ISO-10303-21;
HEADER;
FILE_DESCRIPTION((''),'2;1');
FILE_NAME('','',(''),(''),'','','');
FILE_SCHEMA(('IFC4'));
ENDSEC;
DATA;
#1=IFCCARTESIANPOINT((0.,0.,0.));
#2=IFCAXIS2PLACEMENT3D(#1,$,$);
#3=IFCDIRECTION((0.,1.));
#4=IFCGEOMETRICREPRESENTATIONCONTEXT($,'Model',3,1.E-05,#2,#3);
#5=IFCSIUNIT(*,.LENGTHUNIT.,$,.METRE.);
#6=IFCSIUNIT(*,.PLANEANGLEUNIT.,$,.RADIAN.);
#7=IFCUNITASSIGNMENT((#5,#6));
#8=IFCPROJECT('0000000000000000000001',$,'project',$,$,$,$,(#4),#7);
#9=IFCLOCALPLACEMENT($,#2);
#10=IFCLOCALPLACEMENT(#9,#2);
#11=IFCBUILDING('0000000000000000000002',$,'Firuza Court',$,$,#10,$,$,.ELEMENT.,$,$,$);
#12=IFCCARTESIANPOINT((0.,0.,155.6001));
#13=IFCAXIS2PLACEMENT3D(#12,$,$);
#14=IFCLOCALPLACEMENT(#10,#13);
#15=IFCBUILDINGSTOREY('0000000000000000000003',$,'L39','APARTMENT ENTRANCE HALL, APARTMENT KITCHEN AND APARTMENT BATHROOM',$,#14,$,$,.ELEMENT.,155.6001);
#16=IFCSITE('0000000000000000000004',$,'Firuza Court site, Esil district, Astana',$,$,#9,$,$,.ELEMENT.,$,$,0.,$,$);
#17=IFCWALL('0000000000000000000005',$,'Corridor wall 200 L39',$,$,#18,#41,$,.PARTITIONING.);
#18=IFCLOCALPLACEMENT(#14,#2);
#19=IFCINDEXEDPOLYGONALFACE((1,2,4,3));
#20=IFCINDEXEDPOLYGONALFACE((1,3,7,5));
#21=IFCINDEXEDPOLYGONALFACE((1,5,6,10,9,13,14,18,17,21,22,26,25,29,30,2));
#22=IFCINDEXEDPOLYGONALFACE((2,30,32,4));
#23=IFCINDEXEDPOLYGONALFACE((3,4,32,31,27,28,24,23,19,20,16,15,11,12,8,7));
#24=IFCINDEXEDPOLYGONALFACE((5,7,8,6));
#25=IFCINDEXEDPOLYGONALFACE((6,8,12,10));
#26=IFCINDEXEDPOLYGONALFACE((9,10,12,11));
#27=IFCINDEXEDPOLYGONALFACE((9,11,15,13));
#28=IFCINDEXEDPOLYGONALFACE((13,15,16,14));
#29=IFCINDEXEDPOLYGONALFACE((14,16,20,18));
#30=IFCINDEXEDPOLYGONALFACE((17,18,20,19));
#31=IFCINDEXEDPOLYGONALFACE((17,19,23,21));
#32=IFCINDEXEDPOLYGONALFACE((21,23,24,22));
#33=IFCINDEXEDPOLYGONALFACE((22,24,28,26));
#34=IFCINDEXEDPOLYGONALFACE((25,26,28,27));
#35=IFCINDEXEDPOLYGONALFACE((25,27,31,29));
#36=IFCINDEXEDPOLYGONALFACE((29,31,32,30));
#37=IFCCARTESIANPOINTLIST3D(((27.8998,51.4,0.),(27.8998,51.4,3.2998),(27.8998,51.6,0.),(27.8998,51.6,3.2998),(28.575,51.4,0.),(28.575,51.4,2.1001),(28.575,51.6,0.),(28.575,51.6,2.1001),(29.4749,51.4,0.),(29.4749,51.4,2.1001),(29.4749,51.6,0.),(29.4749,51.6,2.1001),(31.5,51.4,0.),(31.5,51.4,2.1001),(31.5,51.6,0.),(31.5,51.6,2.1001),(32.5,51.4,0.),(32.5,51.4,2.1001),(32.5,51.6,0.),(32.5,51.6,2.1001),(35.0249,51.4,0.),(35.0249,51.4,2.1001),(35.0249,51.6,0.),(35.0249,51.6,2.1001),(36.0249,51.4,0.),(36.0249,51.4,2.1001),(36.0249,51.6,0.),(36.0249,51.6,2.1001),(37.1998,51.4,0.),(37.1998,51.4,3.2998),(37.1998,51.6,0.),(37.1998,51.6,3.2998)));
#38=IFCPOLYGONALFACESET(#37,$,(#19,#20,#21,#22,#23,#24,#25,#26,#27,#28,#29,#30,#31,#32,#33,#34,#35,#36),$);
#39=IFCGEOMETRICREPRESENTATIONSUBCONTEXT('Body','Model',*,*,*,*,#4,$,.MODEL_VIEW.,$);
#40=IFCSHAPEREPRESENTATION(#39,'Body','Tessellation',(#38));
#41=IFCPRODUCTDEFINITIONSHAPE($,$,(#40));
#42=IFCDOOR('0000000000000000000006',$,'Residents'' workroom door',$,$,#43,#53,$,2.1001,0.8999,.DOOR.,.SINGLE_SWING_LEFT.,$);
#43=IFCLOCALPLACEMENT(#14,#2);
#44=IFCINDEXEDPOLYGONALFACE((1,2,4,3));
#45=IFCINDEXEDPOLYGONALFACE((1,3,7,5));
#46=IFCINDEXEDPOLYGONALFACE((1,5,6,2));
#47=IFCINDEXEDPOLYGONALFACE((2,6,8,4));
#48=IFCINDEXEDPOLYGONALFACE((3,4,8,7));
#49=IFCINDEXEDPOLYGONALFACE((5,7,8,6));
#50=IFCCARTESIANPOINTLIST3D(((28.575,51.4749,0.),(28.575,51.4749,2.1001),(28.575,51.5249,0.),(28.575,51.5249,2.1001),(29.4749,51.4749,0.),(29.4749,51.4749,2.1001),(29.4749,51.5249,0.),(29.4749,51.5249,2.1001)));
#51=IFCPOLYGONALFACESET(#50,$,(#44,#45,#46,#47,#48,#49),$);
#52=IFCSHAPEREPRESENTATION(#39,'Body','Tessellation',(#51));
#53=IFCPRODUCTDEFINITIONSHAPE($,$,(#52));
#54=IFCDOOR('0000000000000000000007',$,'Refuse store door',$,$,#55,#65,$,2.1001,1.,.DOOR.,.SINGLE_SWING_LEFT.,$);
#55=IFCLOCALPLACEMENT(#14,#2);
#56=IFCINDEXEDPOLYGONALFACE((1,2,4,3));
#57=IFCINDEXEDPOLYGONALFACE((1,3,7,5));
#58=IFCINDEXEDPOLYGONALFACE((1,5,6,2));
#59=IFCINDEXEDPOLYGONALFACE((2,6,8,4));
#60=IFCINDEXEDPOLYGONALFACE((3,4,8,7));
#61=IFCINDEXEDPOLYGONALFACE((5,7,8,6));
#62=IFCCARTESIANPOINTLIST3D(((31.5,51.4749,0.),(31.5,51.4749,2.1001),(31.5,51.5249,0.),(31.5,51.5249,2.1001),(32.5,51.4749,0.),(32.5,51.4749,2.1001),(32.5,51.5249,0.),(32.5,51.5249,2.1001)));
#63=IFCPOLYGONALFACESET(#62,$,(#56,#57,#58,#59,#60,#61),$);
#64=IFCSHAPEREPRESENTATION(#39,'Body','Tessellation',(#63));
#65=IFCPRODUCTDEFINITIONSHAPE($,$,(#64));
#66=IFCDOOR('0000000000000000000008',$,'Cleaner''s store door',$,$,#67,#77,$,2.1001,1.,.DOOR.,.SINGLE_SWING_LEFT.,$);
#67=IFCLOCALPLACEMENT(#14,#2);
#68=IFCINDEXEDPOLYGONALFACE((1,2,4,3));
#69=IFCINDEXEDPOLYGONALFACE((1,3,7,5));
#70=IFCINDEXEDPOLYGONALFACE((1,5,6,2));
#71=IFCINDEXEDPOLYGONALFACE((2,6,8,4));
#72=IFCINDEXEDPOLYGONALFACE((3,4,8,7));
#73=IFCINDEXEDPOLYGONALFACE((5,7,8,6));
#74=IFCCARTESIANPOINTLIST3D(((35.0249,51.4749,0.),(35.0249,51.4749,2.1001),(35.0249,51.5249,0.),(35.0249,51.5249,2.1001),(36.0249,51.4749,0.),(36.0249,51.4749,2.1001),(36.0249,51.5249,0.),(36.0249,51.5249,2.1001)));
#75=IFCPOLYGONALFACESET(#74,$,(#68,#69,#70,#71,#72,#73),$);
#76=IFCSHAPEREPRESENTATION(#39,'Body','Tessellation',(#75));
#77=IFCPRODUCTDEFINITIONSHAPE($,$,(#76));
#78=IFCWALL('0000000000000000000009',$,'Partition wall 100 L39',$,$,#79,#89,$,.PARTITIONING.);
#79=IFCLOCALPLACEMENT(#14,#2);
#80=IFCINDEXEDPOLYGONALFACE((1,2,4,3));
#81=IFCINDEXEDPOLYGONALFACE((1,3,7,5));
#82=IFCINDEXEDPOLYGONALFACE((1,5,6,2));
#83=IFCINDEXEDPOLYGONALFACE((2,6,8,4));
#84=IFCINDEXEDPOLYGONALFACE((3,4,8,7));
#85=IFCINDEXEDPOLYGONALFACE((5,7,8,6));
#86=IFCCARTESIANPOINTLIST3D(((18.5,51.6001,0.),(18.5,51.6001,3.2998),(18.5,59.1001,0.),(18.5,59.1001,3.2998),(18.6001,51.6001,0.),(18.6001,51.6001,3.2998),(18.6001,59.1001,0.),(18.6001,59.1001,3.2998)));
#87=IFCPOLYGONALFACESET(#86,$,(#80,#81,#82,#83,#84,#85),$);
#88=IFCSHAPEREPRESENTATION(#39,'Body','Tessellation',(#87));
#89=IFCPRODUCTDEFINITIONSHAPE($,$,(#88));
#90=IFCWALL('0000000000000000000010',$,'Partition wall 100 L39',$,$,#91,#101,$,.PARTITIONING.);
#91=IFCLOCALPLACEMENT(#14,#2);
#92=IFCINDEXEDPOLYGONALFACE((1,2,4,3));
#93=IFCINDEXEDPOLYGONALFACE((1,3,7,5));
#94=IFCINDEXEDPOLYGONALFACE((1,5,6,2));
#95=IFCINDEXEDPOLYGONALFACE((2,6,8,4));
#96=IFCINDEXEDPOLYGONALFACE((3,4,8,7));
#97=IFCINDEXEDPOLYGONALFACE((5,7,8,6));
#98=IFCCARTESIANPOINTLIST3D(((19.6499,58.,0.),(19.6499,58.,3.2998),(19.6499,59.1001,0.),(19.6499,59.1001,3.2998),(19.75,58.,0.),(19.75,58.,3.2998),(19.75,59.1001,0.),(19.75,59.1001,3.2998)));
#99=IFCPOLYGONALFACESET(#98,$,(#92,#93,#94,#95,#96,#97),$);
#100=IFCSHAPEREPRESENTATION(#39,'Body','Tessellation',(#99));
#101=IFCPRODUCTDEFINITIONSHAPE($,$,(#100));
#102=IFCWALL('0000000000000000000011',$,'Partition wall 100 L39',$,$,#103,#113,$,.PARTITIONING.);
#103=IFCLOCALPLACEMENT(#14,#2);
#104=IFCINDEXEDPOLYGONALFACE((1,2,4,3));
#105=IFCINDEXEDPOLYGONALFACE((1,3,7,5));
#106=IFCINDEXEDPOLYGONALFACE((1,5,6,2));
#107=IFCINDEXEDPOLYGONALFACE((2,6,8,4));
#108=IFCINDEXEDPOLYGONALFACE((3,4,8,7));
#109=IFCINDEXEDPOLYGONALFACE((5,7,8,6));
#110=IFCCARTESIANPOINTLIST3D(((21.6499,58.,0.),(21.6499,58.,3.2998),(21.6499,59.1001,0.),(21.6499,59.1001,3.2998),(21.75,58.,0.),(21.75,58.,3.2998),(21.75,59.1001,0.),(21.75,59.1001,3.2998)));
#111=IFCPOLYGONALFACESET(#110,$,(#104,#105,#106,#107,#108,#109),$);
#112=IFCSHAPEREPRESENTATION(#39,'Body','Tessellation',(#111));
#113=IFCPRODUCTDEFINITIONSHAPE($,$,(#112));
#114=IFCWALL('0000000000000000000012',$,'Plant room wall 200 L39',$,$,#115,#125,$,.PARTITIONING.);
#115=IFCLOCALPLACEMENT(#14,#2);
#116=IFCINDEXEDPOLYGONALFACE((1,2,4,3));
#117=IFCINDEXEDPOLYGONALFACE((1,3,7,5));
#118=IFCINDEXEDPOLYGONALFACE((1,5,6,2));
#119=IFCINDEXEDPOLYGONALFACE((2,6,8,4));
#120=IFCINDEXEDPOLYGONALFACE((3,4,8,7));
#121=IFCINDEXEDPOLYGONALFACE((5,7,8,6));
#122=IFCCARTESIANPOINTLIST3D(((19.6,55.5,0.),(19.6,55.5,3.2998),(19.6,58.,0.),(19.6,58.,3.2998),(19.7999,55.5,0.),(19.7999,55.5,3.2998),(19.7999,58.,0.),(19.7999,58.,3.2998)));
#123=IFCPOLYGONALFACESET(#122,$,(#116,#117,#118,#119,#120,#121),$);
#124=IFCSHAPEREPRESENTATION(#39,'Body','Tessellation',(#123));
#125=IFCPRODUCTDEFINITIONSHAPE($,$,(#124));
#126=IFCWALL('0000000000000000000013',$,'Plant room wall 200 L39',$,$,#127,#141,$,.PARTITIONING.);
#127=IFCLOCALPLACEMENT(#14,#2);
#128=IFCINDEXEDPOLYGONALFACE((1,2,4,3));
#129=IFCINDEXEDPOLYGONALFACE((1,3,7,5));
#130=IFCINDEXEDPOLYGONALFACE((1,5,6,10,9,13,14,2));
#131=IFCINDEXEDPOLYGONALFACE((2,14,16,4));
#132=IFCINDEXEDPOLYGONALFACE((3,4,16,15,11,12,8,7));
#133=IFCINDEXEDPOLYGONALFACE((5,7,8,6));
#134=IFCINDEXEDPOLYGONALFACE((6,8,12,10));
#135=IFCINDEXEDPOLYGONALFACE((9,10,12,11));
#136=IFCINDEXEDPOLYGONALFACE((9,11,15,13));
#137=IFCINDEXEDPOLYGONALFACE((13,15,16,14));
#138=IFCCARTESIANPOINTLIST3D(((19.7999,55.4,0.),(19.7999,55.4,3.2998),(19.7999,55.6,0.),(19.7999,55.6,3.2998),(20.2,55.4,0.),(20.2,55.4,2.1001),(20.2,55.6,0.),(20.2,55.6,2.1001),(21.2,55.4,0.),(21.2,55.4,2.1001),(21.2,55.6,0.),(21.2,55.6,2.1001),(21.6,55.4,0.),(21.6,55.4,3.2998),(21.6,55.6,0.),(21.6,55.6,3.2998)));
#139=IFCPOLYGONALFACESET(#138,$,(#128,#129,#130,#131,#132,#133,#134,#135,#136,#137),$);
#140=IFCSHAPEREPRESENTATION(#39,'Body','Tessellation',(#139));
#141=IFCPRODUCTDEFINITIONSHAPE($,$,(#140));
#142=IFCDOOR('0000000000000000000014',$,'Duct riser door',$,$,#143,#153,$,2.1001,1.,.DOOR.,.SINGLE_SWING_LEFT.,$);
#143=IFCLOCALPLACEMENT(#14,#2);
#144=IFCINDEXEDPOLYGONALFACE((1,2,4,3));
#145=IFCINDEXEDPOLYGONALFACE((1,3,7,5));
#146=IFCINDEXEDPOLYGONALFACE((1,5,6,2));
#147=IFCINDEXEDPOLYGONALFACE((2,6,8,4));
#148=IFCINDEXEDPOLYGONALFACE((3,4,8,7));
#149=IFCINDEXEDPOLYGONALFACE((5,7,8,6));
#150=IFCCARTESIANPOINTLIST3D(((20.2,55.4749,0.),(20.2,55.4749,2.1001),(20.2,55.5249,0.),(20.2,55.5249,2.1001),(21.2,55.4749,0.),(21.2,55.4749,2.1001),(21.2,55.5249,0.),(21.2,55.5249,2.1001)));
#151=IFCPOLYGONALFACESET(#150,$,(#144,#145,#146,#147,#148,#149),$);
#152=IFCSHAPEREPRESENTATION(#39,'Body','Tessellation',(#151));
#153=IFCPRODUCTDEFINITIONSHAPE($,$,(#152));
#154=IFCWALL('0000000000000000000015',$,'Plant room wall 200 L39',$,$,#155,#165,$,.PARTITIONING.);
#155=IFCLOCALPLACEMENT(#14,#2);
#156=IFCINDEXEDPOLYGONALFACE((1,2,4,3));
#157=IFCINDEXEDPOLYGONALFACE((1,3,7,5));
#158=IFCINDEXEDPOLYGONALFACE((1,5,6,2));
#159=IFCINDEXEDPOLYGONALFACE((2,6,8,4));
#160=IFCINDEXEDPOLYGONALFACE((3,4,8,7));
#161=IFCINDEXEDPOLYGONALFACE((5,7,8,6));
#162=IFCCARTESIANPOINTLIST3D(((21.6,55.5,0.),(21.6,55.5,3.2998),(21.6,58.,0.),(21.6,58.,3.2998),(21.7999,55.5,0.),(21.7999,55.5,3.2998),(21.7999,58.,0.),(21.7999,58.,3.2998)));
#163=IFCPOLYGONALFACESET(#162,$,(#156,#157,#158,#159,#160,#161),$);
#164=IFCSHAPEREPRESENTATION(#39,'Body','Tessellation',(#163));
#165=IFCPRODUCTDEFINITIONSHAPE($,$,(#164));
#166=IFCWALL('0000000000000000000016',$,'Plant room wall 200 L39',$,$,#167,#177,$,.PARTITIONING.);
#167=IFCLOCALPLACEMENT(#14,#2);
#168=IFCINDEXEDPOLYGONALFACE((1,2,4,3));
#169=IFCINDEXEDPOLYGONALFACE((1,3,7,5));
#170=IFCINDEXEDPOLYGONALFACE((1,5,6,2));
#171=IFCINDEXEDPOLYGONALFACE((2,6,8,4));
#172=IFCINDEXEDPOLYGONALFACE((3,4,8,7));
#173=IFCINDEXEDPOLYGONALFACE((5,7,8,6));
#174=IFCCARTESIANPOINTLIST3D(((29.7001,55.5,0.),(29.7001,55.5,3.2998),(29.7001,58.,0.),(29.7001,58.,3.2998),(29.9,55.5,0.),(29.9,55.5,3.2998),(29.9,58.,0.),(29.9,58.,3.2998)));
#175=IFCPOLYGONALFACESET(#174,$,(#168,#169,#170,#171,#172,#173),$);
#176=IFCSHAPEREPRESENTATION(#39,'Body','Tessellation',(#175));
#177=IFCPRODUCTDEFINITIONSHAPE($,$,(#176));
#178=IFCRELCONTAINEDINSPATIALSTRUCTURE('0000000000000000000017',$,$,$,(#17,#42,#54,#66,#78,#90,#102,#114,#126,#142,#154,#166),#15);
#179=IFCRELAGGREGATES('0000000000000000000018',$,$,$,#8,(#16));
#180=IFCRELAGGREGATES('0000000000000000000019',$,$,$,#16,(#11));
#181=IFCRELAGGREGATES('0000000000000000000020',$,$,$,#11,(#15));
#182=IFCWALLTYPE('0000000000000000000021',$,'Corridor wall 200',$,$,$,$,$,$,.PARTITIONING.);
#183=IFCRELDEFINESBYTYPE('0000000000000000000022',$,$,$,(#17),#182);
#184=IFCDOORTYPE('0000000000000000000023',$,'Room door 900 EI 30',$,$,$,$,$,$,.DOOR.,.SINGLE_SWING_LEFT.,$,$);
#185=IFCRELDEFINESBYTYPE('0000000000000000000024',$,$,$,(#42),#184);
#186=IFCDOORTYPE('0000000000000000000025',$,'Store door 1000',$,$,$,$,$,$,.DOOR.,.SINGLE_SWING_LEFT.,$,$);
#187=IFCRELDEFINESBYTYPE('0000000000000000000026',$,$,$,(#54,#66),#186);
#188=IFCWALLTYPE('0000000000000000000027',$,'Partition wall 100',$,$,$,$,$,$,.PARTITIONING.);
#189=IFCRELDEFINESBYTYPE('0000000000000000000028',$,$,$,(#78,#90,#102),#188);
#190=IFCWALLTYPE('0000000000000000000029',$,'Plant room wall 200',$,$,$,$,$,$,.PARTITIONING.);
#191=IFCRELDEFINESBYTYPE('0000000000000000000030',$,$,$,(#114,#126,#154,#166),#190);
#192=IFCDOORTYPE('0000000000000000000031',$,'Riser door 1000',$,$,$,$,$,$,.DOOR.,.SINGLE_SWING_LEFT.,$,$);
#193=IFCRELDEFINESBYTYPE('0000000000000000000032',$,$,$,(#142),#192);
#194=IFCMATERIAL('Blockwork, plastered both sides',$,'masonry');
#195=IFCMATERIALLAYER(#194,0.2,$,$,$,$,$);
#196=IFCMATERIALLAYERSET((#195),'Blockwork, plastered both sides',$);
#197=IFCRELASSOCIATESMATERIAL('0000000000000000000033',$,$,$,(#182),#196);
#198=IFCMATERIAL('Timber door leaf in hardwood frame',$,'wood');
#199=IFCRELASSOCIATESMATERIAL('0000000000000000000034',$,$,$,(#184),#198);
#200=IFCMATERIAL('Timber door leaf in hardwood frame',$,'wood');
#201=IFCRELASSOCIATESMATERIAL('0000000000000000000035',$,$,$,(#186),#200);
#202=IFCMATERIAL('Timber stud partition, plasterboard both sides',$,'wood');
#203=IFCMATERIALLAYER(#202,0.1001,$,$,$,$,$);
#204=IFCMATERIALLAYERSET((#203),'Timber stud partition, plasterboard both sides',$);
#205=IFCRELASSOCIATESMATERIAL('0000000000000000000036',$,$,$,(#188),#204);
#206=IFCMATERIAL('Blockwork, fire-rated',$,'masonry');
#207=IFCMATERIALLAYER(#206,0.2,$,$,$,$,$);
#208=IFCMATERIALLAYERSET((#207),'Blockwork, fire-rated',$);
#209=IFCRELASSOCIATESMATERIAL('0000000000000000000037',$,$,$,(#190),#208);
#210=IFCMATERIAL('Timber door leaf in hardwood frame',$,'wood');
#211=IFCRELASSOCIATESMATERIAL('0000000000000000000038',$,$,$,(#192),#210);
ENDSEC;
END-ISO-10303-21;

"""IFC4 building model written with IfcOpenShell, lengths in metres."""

from ifc_helpers import new_model, si_unit, direction, frame, frame_2d, origin, place, context, subcontext, project, spatial, rectangle, extrude, material, layer, layer_set, type_object, element, fill, save


model = new_model("IFC4")

# Units and contexts
model_context = context("Model", 3, precision=1e-05, world=origin(), true_north=direction((0.0, 1.0)))
body_context = subcontext(model_context, "Body", "Model", "MODEL_VIEW")
ifc_project = project(units=[si_unit("LENGTHUNIT", "METRE"), si_unit("PLANEANGLEUNIT", "RADIAN")], contexts=[model_context])

# Site, building, storey
site_placement = place(None, origin())
site = spatial("IfcSite", under=ifc_project, at=site_placement, Name="Firuza Court site, Esil district, Astana", CompositionType="ELEMENT", RefElevation=0.0)
building_placement = place(site_placement, origin())
building = spatial("IfcBuilding", under=site, at=building_placement, Name="Firuza Court", CompositionType="ELEMENT")
storey_placement = place(building_placement, frame((0.0, 0.0, 155.6001)))
storey = spatial("IfcBuildingStorey", under=building, at=storey_placement, Name="L39", Description="APARTMENT ENTRANCE HALL, APARTMENT KITCHEN AND APARTMENT BATHROOM", CompositionType="ELEMENT", Elevation=155.6001)

# Wall, openings, doors
ifc_material_1 = material(Name="Blockwork, plastered both sides", Category="masonry")
ifc_layer_1 = layer(ifc_material_1, 0.2)
ifc_layer_set_1 = layer_set([ifc_layer_1], Name="Blockwork, plastered both sides")
wall_type_1 = type_object("IfcWallType", Name="Corridor wall 200", PredefinedType="PARTITIONING", material=ifc_layer_set_1)
wall_1_placement = place(storey_placement, frame((27.8999, 51.5, 0.0), z_axis=(0.0, 0.0, 1.0), x_axis=(1.0, 0.0, 0.0)))
wall_1 = element("IfcWall", 1, at=wall_1_placement, inside=storey, type_object=wall_type_1, Name="Corridor wall 200 L39", PredefinedType="PARTITIONING", context=body_context, shape_type="SweptSolid", body=[
    extrude(rectangle(XDim=9.3, YDim=0.2, at=frame_2d((4.6499, 0.0))), origin(), (0.0, 0.0, 1.0), 3.2998),
])
opening_1_placement = place(wall_1_placement, frame((0.675, 0.0, 0.0)))
opening_1 = element("IfcOpeningElement", 2, at=opening_1_placement, cuts=wall_1, PredefinedType="OPENING", context=body_context, shape_type="SweptSolid", body=[
    extrude(rectangle(XDim=0.8999, YDim=2.1001, at=frame_2d((0.45, 1.05))), frame((0.0, 0.1118, 0.0), z_axis=(0.0, -1.0, 0.0), x_axis=(1.0, 0.0, 0.0)), (0.0, 0.0, 1.0), 0.2239),
])
opening_2_placement = place(wall_1_placement, frame((3.6001, 0.0, 0.0)))
opening_2 = element("IfcOpeningElement", 3, at=opening_2_placement, cuts=wall_1, PredefinedType="OPENING", context=body_context, shape_type="SweptSolid", body=[
    extrude(rectangle(XDim=1.0, YDim=2.1001, at=frame_2d((0.5, 1.05))), frame((0.0, 0.1118, 0.0), z_axis=(0.0, -1.0, 0.0), x_axis=(1.0, 0.0, 0.0)), (0.0, 0.0, 1.0), 0.2239),
])
opening_3_placement = place(wall_1_placement, frame((7.125, 0.0, 0.0)))
opening_3 = element("IfcOpeningElement", 4, at=opening_3_placement, cuts=wall_1, PredefinedType="OPENING", context=body_context, shape_type="SweptSolid", body=[
    extrude(rectangle(XDim=1.0, YDim=2.1001, at=frame_2d((0.5, 1.05))), frame((0.0, 0.1118, 0.0), z_axis=(0.0, -1.0, 0.0), x_axis=(1.0, 0.0, 0.0)), (0.0, 0.0, 1.0), 0.2239),
])
ifc_material_2 = material(Name="Timber door leaf in hardwood frame", Category="wood")
door_type_1 = type_object("IfcDoorType", Name="Room door 900 EI 30", OperationType="SINGLE_SWING_LEFT", PredefinedType="DOOR", material=ifc_material_2)
door_1_placement = place(opening_1_placement, origin())
door_1 = element("IfcDoor", 5, at=door_1_placement, inside=storey, type_object=door_type_1, Name="Residents' workroom door", OperationType="SINGLE_SWING_LEFT", OverallHeight=2.1001, OverallWidth=0.8999, PredefinedType="DOOR", context=body_context, shape_type="SweptSolid", body=[
    extrude(rectangle(XDim=0.8999, YDim=2.1001, at=frame_2d((0.45, 1.05))), frame((0.0, 0.0249, 0.0), z_axis=(0.0, -1.0, 0.0), x_axis=(1.0, 0.0, 0.0)), (0.0, 0.0, 1.0), 0.05),
])
fill(opening_1, door_1)
ifc_material_3 = material(Name="Timber door leaf in hardwood frame", Category="wood")
door_type_2 = type_object("IfcDoorType", Name="Store door 1000", OperationType="SINGLE_SWING_LEFT", PredefinedType="DOOR", material=ifc_material_3)
door_2_placement = place(opening_2_placement, origin())
door_2 = element("IfcDoor", 6, at=door_2_placement, inside=storey, type_object=door_type_2, Name="Refuse store door", OperationType="SINGLE_SWING_LEFT", OverallHeight=2.1001, OverallWidth=1.0, PredefinedType="DOOR", context=body_context, shape_type="SweptSolid", body=[
    extrude(rectangle(XDim=1.0, YDim=2.1001, at=frame_2d((0.5, 1.05))), frame((0.0, 0.0249, 0.0), z_axis=(0.0, -1.0, 0.0), x_axis=(1.0, 0.0, 0.0)), (0.0, 0.0, 1.0), 0.05),
])
fill(opening_2, door_2)
door_3_placement = place(opening_3_placement, origin())
door_3 = element("IfcDoor", 7, at=door_3_placement, inside=storey, type_object=door_type_2, Name="Cleaner's store door", OperationType="SINGLE_SWING_LEFT", OverallHeight=2.1001, OverallWidth=1.0, PredefinedType="DOOR", context=body_context, shape_type="SweptSolid", body=[
    extrude(rectangle(XDim=1.0, YDim=2.1001, at=frame_2d((0.5, 1.05))), frame((0.0, 0.0249, 0.0), z_axis=(0.0, -1.0, 0.0), x_axis=(1.0, 0.0, 0.0)), (0.0, 0.0, 1.0), 0.05),
])
fill(opening_3, door_3)

# Walls
ifc_material_4 = material(Name="Timber stud partition, plasterboard both sides", Category="wood")
ifc_layer_2 = layer(ifc_material_4, 0.1001)
ifc_layer_set_2 = layer_set([ifc_layer_2], Name="Timber stud partition, plasterboard both sides")
wall_type_2 = type_object("IfcWallType", Name="Partition wall 100", PredefinedType="PARTITIONING", material=ifc_layer_set_2)
wall_2_placement = place(storey_placement, frame((18.55, 51.6001, 0.0), z_axis=(0.0, 0.0, 1.0), x_axis=(0.0, 1.0, 0.0)))
element("IfcWall", 8, at=wall_2_placement, inside=storey, type_object=wall_type_2, Name="Partition wall 100 L39", PredefinedType="PARTITIONING", context=body_context, shape_type="SweptSolid", body=[
    extrude(rectangle(XDim=7.5, YDim=0.1001, at=frame_2d((3.75, 0.0))), origin(), (0.0, 0.0, 1.0), 3.2998),
])
for number, where, z_axis, x_axis, name in (
    (9, (19.7, 58.0, 0.0), (0.0, 0.0, 1.0), (0.0, 1.0, 0.0), "Partition wall 100 L39"),
    (10, (21.7, 58.0, 0.0), (0.0, 0.0, 1.0), (0.0, 1.0, 0.0), "Partition wall 100 L39"),
):
    element("IfcWall", number, at=place(storey_placement, frame(where, z_axis=z_axis, x_axis=x_axis)), inside=storey, type_object=wall_type_2, Name=name, PredefinedType="PARTITIONING", context=body_context, shape_type="SweptSolid", body=[
        extrude(rectangle(XDim=1.1001, YDim=0.1001, at=frame_2d((0.55, 0.0))), origin(), (0.0, 0.0, 1.0), 3.2998),
    ])
ifc_material_5 = material(Name="Blockwork, fire-rated", Category="masonry")
ifc_layer_3 = layer(ifc_material_5, 0.2)
ifc_layer_set_3 = layer_set([ifc_layer_3], Name="Blockwork, fire-rated")
wall_type_3 = type_object("IfcWallType", Name="Plant room wall 200", PredefinedType="PARTITIONING", material=ifc_layer_set_3)
wall_3_placement = place(storey_placement, frame((19.7, 55.5, 0.0), z_axis=(0.0, 0.0, 1.0), x_axis=(0.0, 1.0, 0.0)))
element("IfcWall", 11, at=wall_3_placement, inside=storey, type_object=wall_type_3, Name="Plant room wall 200 L39", PredefinedType="PARTITIONING", context=body_context, shape_type="SweptSolid", body=[
    extrude(rectangle(XDim=2.5, YDim=0.2, at=frame_2d((1.25, 0.0))), origin(), (0.0, 0.0, 1.0), 3.2998),
])

# Wall, opening, door
wall_4_placement = place(storey_placement, frame((19.8, 55.5, 0.0), z_axis=(0.0, 0.0, 1.0), x_axis=(1.0, 0.0, 0.0)))
wall_4 = element("IfcWall", 12, at=wall_4_placement, inside=storey, type_object=wall_type_3, Name="Plant room wall 200 L39", PredefinedType="PARTITIONING", context=body_context, shape_type="SweptSolid", body=[
    extrude(rectangle(XDim=1.8, YDim=0.2, at=frame_2d((0.8999, 0.0))), origin(), (0.0, 0.0, 1.0), 3.2998),
])
opening_4_placement = place(wall_4_placement, frame((0.3999, 0.0, 0.0)))
opening_4 = element("IfcOpeningElement", 13, at=opening_4_placement, cuts=wall_4, PredefinedType="OPENING", context=body_context, shape_type="SweptSolid", body=[
    extrude(rectangle(XDim=1.0, YDim=2.1001, at=frame_2d((0.5, 1.05))), frame((0.0, 0.1118, 0.0), z_axis=(0.0, -1.0, 0.0), x_axis=(1.0, 0.0, 0.0)), (0.0, 0.0, 1.0), 0.2239),
])
ifc_material_6 = material(Name="Timber door leaf in hardwood frame", Category="wood")
door_type_3 = type_object("IfcDoorType", Name="Riser door 1000", OperationType="SINGLE_SWING_LEFT", PredefinedType="DOOR", material=ifc_material_6)
door_4_placement = place(opening_4_placement, origin())
door_4 = element("IfcDoor", 14, at=door_4_placement, inside=storey, type_object=door_type_3, Name="Duct riser door", OperationType="SINGLE_SWING_LEFT", OverallHeight=2.1001, OverallWidth=1.0, PredefinedType="DOOR", context=body_context, shape_type="SweptSolid", body=[
    extrude(rectangle(XDim=1.0, YDim=2.1001, at=frame_2d((0.5, 1.05))), frame((0.0, 0.0249, 0.0), z_axis=(0.0, -1.0, 0.0), x_axis=(1.0, 0.0, 0.0)), (0.0, 0.0, 1.0), 0.05),
])
fill(opening_4, door_4)

# Walls
for number, where, z_axis, x_axis, name in (
    (15, (21.7, 55.5, 0.0), (0.0, 0.0, 1.0), (0.0, 1.0, 0.0), "Plant room wall 200 L39"),
    (16, (29.8, 55.5, 0.0), (0.0, 0.0, 1.0), (0.0, 1.0, 0.0), "Plant room wall 200 L39"),
):
    element("IfcWall", number, at=place(storey_placement, frame(where, z_axis=z_axis, x_axis=x_axis)), inside=storey, type_object=wall_type_3, Name=name, PredefinedType="PARTITIONING", context=body_context, shape_type="SweptSolid", body=[
        extrude(rectangle(XDim=2.5, YDim=0.2, at=frame_2d((1.25, 0.0))), origin(), (0.0, 0.0, 1.0), 3.2998),
    ])

save(model, "model.ifc")
